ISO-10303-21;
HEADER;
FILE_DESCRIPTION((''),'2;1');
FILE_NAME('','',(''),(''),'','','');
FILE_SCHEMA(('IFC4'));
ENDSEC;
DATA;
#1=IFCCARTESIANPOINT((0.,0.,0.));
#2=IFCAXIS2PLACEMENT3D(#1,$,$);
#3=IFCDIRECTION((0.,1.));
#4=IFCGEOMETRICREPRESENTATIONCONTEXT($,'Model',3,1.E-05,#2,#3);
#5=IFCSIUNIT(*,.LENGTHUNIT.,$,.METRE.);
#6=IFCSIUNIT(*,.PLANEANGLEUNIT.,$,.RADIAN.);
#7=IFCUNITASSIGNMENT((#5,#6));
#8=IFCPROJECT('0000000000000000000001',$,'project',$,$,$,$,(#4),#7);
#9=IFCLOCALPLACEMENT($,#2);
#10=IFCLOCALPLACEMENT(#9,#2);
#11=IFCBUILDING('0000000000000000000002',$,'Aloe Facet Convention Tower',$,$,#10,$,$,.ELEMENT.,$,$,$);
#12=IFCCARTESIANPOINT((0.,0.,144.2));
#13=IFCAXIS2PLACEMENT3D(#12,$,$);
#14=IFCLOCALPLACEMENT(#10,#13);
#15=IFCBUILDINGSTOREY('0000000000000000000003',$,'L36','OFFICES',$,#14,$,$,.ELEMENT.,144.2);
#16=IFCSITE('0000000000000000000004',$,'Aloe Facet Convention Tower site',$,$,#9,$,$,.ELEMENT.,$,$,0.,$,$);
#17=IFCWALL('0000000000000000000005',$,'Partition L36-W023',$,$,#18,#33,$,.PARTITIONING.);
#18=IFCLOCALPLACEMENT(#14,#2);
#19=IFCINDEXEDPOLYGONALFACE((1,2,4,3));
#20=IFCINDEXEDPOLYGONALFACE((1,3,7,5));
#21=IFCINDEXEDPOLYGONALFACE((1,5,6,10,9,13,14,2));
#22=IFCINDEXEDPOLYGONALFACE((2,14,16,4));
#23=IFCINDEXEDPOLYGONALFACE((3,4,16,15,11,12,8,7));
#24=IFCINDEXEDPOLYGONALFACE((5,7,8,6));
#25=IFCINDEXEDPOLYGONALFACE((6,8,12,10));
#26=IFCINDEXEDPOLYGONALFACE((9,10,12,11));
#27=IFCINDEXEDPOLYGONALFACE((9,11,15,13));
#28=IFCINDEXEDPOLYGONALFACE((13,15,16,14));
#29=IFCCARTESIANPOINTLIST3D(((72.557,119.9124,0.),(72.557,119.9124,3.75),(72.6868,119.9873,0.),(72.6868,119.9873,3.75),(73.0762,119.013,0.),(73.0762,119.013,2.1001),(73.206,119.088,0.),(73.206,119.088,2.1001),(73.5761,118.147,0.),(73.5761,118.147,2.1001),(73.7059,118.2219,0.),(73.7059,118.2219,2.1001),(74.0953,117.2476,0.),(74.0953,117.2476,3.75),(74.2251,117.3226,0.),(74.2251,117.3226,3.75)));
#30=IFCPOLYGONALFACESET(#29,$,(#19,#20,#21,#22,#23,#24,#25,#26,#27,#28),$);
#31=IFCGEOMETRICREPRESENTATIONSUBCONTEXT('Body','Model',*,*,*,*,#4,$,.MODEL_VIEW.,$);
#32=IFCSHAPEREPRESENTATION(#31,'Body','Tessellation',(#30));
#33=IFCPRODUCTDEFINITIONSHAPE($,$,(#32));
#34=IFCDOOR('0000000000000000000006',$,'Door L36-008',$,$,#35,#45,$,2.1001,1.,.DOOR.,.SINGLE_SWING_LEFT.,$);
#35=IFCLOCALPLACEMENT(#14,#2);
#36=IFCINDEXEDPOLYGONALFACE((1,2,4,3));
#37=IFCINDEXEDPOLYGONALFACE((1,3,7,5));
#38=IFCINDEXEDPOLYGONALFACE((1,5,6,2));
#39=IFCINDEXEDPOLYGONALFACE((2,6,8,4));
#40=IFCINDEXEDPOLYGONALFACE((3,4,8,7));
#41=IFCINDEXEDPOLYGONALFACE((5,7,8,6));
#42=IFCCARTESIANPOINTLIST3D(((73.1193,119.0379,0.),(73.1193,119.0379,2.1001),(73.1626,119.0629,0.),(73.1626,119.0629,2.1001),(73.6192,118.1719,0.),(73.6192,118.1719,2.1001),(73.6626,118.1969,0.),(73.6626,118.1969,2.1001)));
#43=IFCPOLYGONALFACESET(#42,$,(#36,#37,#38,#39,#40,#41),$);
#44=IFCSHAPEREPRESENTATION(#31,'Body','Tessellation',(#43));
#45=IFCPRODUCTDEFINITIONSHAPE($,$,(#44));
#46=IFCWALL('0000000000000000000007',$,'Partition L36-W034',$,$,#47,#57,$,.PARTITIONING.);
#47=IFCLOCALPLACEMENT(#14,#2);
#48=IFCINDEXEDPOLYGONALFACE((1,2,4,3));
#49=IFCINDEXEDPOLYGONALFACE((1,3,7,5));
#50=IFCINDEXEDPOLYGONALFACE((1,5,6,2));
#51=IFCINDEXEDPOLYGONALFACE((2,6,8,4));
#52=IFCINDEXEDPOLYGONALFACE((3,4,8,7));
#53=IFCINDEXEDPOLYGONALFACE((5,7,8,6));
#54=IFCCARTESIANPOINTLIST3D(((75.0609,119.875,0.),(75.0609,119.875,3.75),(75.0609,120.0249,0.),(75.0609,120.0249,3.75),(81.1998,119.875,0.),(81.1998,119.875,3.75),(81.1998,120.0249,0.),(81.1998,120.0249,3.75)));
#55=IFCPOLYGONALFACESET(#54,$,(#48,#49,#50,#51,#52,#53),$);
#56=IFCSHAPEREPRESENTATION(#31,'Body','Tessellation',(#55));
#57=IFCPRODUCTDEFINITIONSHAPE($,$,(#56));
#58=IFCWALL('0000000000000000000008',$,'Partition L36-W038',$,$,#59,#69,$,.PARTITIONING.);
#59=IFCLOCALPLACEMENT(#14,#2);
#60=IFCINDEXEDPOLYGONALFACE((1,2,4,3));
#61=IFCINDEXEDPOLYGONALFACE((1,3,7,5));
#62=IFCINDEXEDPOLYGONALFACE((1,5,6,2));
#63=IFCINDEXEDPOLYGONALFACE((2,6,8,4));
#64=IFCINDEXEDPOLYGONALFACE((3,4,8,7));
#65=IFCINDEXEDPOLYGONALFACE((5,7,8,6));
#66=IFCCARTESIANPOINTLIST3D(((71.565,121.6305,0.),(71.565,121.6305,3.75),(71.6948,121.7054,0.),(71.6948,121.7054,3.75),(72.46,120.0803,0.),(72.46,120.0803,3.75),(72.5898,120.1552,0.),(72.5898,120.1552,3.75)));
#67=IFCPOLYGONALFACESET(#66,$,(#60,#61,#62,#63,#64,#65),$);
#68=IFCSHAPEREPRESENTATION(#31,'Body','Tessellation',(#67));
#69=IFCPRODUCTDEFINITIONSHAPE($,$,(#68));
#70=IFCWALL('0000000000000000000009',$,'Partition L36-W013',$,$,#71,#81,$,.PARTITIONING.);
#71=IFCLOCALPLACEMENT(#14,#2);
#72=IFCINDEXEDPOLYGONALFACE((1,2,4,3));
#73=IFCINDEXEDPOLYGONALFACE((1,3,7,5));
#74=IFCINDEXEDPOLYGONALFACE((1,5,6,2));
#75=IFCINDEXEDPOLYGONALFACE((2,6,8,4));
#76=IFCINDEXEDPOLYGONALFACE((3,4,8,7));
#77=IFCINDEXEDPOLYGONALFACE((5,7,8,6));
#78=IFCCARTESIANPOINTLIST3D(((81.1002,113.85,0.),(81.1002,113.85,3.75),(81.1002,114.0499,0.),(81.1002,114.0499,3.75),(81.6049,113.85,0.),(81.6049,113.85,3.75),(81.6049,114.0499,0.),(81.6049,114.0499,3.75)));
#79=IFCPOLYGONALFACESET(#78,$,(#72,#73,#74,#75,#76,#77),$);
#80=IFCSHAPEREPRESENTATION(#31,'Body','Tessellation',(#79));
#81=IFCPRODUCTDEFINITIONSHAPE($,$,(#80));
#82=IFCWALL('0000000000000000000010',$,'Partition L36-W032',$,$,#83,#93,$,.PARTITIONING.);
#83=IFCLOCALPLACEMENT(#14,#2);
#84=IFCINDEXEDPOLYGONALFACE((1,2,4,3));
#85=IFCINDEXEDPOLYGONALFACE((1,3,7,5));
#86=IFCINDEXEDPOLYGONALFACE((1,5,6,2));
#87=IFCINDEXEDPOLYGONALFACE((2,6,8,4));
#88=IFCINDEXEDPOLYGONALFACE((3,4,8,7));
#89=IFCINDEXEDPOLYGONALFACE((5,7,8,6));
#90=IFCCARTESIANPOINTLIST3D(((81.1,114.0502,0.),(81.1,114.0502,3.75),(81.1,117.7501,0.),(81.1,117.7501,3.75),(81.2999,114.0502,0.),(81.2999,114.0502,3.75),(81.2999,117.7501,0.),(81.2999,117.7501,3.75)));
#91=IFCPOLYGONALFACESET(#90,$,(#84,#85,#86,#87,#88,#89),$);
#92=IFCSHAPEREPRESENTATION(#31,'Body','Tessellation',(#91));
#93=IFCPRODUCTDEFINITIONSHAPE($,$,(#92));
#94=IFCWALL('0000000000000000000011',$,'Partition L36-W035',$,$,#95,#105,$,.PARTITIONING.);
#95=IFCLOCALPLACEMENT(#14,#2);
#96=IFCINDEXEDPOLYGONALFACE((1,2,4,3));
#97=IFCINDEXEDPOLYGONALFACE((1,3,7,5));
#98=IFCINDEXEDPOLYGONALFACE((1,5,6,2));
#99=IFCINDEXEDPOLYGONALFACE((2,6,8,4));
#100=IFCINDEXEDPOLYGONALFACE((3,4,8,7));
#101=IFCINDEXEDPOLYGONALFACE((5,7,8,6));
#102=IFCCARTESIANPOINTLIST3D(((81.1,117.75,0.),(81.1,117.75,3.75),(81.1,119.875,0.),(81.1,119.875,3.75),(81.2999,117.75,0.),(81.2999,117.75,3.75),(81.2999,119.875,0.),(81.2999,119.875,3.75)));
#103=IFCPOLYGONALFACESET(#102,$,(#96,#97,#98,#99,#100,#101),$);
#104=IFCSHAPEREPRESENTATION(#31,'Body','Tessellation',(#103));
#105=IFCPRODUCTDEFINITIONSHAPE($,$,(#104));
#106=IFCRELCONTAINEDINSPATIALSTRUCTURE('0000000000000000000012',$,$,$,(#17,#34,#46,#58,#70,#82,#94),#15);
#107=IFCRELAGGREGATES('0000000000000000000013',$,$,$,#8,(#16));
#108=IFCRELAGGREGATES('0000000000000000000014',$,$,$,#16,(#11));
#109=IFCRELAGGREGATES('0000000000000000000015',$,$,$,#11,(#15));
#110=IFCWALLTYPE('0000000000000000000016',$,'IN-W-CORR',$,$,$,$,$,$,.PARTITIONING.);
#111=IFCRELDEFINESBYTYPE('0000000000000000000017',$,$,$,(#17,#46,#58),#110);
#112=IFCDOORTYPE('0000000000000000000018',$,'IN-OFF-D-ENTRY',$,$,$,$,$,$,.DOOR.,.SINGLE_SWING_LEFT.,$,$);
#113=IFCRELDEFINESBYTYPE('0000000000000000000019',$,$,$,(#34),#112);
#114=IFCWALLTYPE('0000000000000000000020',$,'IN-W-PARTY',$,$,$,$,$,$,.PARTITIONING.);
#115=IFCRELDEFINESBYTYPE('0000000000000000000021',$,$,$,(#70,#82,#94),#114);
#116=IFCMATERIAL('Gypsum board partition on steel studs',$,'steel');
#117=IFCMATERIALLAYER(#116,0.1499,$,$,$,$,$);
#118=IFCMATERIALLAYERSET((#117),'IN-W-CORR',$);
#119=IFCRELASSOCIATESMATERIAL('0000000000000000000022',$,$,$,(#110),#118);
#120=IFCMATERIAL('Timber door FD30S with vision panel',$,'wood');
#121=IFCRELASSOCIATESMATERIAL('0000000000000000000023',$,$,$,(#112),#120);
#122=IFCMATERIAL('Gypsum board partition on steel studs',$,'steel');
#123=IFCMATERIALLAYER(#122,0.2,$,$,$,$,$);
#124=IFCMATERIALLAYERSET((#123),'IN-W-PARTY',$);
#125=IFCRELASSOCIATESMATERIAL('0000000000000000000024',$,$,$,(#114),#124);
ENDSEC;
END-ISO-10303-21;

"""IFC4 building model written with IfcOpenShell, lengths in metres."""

from ifc_helpers import new_model, si_unit, direction, frame, frame_2d, origin, place, context, subcontext, project, spatial, rectangle, extrude, material, layer, layer_set, type_object, element, fill, save


model = new_model("IFC4")

# Units and contexts
model_context = context("Model", 3, precision=1e-05, world=origin(), true_north=direction((0.0, 1.0)))
body_context = subcontext(model_context, "Body", "Model", "MODEL_VIEW")
ifc_project = project(units=[si_unit("LENGTHUNIT", "METRE"), si_unit("PLANEANGLEUNIT", "RADIAN")], contexts=[model_context])

# Site, building, storey
site_placement = place(None, origin())
site = spatial("IfcSite", under=ifc_project, at=site_placement, Name="Aloe Facet Convention Tower site", CompositionType="ELEMENT", RefElevation=0.0)
building_placement = place(site_placement, origin())
building = spatial("IfcBuilding", under=site, at=building_placement, Name="Aloe Facet Convention Tower", CompositionType="ELEMENT")
storey_placement = place(building_placement, frame((0.0, 0.0, 144.2)))
storey = spatial("IfcBuildingStorey", under=building, at=storey_placement, Name="L36", Description="OFFICES", CompositionType="ELEMENT", Elevation=144.2)

# Wall, opening, door
ifc_material_1 = material(Name="Gypsum board partition on steel studs", Category="steel")
ifc_layer_1 = layer(ifc_material_1, 0.1499)
ifc_layer_set_1 = layer_set([ifc_layer_1], Name="IN-W-CORR")
wall_type_1 = type_object("IfcWallType", Name="IN-W-CORR", PredefinedType="PARTITIONING", material=ifc_layer_set_1)
ifc_material_2 = material(Name="Timber door FD30S with vision panel", Category="wood")
door_type_1 = type_object("IfcDoorType", Name="IN-OFF-D-ENTRY", OperationType="SINGLE_SWING_LEFT", PredefinedType="DOOR", material=ifc_material_2)
wall_1_placement = place(storey_placement, frame((72.6218, 119.95, 0.0), z_axis=(0.0, 0.0, 1.0), x_axis=(0.499954, -0.866052, 0.0)))
wall_1 = element("IfcWall", 1, at=wall_1_placement, inside=storey, type_object=wall_type_1, Name="Partition L36-W023", PredefinedType="PARTITIONING", context=body_context, shape_type="SweptSolid", body=[
    extrude(rectangle(XDim=3.0769, YDim=0.1499, at=frame_2d((1.5386, 0.0))), origin(), (0.0, 0.0, 1.0), 3.75),
])
opening_1_placement = place(wall_1_placement, frame((1.0386, 0.0, 0.0)))
opening_1 = element("IfcOpeningElement", 2, at=opening_1_placement, cuts=wall_1, PredefinedType="OPENING", context=body_context, shape_type="SweptSolid", body=[
    extrude(rectangle(XDim=1.0, YDim=2.1001, at=frame_2d((0.5, 1.05))), frame((0.0, 0.085, 0.0), z_axis=(0.0, -1.0, 0.0), x_axis=(1.0, 0.0, 0.0)), (0.0, 0.0, 1.0), 0.1699),
])
door_1_placement = place(opening_1_placement, origin())
door_1 = element("IfcDoor", 3, at=door_1_placement, inside=storey, type_object=door_type_1, Name="Door L36-008", OperationType="SINGLE_SWING_LEFT", OverallHeight=2.1001, OverallWidth=1.0, PredefinedType="DOOR", context=body_context, shape_type="SweptSolid", body=[
    extrude(rectangle(XDim=1.0, YDim=2.1001, at=frame_2d((0.5, 1.05))), frame((0.0, 0.0249, 0.0), z_axis=(0.0, -1.0, 0.0), x_axis=(1.0, 0.0, 0.0)), (0.0, 0.0, 1.0), 0.05),
])
fill(opening_1, door_1)

# Walls
wall_2_placement = place(storey_placement, frame((75.061, 119.95, 0.0), z_axis=(0.0, 0.0, 1.0), x_axis=(1.0, 0.0, 0.0)))
element("IfcWall", 4, at=wall_2_placement, inside=storey, type_object=wall_type_1, Name="Partition L36-W034", PredefinedType="PARTITIONING", context=body_context, shape_type="SweptSolid", body=[
    extrude(rectangle(XDim=6.1389, YDim=0.1499, at=frame_2d((3.0693, 0.0))), origin(), (0.0, 0.0, 1.0), 3.75),
])
wall_3_placement = place(storey_placement, frame((71.6299, 121.668, 0.0), z_axis=(0.0, 0.0, 1.0), x_axis=(0.499982, -0.866036, 0.0)))
element("IfcWall", 5, at=wall_3_placement, inside=storey, type_object=wall_type_1, Name="Partition L36-W038", PredefinedType="PARTITIONING", context=body_context, shape_type="SweptSolid", body=[
    extrude(rectangle(XDim=1.79, YDim=0.1499, at=frame_2d((0.895, 0.0))), origin(), (0.0, 0.0, 1.0), 3.75),
])
ifc_material_3 = material(Name="Gypsum board partition on steel studs", Category="steel")
ifc_layer_2 = layer(ifc_material_3, 0.2)
ifc_layer_set_2 = layer_set([ifc_layer_2], Name="IN-W-PARTY")
wall_type_2 = type_object("IfcWallType", Name="IN-W-PARTY", PredefinedType="PARTITIONING", material=ifc_layer_set_2)
wall_4_placement = place(storey_placement, frame((81.1001, 113.95, 0.0), z_axis=(0.0, 0.0, 1.0), x_axis=(1.0, 0.0, 0.0)))
element("IfcWall", 6, at=wall_4_placement, inside=storey, type_object=wall_type_2, Name="Partition L36-W013", PredefinedType="PARTITIONING", context=body_context, shape_type="SweptSolid", body=[
    extrude(rectangle(XDim=0.5046, YDim=0.2, at=frame_2d((0.2524, 0.0))), origin(), (0.0, 0.0, 1.0), 3.75),
])
wall_5_placement = place(storey_placement, frame((81.2, 114.05, 0.0), z_axis=(0.0, 0.0, 1.0), x_axis=(0.0, 1.0, 0.0)))
element("IfcWall", 7, at=wall_5_placement, inside=storey, type_object=wall_type_2, Name="Partition L36-W032", PredefinedType="PARTITIONING", context=body_context, shape_type="SweptSolid", body=[
    extrude(rectangle(XDim=3.7, YDim=0.2, at=frame_2d((1.8501, 0.0))), origin(), (0.0, 0.0, 1.0), 3.75),
])
wall_6_placement = place(storey_placement, frame((81.2, 117.75, 0.0), z_axis=(0.0, 0.0, 1.0), x_axis=(0.0, 1.0, 0.0)))
element("IfcWall", 8, at=wall_6_placement, inside=storey, type_object=wall_type_2, Name="Partition L36-W035", PredefinedType="PARTITIONING", context=body_context, shape_type="SweptSolid", body=[
    extrude(rectangle(XDim=2.125, YDim=0.2, at=frame_2d((1.0625, 0.0))), origin(), (0.0, 0.0, 1.0), 3.75),
])

save(model, "model.ifc")
